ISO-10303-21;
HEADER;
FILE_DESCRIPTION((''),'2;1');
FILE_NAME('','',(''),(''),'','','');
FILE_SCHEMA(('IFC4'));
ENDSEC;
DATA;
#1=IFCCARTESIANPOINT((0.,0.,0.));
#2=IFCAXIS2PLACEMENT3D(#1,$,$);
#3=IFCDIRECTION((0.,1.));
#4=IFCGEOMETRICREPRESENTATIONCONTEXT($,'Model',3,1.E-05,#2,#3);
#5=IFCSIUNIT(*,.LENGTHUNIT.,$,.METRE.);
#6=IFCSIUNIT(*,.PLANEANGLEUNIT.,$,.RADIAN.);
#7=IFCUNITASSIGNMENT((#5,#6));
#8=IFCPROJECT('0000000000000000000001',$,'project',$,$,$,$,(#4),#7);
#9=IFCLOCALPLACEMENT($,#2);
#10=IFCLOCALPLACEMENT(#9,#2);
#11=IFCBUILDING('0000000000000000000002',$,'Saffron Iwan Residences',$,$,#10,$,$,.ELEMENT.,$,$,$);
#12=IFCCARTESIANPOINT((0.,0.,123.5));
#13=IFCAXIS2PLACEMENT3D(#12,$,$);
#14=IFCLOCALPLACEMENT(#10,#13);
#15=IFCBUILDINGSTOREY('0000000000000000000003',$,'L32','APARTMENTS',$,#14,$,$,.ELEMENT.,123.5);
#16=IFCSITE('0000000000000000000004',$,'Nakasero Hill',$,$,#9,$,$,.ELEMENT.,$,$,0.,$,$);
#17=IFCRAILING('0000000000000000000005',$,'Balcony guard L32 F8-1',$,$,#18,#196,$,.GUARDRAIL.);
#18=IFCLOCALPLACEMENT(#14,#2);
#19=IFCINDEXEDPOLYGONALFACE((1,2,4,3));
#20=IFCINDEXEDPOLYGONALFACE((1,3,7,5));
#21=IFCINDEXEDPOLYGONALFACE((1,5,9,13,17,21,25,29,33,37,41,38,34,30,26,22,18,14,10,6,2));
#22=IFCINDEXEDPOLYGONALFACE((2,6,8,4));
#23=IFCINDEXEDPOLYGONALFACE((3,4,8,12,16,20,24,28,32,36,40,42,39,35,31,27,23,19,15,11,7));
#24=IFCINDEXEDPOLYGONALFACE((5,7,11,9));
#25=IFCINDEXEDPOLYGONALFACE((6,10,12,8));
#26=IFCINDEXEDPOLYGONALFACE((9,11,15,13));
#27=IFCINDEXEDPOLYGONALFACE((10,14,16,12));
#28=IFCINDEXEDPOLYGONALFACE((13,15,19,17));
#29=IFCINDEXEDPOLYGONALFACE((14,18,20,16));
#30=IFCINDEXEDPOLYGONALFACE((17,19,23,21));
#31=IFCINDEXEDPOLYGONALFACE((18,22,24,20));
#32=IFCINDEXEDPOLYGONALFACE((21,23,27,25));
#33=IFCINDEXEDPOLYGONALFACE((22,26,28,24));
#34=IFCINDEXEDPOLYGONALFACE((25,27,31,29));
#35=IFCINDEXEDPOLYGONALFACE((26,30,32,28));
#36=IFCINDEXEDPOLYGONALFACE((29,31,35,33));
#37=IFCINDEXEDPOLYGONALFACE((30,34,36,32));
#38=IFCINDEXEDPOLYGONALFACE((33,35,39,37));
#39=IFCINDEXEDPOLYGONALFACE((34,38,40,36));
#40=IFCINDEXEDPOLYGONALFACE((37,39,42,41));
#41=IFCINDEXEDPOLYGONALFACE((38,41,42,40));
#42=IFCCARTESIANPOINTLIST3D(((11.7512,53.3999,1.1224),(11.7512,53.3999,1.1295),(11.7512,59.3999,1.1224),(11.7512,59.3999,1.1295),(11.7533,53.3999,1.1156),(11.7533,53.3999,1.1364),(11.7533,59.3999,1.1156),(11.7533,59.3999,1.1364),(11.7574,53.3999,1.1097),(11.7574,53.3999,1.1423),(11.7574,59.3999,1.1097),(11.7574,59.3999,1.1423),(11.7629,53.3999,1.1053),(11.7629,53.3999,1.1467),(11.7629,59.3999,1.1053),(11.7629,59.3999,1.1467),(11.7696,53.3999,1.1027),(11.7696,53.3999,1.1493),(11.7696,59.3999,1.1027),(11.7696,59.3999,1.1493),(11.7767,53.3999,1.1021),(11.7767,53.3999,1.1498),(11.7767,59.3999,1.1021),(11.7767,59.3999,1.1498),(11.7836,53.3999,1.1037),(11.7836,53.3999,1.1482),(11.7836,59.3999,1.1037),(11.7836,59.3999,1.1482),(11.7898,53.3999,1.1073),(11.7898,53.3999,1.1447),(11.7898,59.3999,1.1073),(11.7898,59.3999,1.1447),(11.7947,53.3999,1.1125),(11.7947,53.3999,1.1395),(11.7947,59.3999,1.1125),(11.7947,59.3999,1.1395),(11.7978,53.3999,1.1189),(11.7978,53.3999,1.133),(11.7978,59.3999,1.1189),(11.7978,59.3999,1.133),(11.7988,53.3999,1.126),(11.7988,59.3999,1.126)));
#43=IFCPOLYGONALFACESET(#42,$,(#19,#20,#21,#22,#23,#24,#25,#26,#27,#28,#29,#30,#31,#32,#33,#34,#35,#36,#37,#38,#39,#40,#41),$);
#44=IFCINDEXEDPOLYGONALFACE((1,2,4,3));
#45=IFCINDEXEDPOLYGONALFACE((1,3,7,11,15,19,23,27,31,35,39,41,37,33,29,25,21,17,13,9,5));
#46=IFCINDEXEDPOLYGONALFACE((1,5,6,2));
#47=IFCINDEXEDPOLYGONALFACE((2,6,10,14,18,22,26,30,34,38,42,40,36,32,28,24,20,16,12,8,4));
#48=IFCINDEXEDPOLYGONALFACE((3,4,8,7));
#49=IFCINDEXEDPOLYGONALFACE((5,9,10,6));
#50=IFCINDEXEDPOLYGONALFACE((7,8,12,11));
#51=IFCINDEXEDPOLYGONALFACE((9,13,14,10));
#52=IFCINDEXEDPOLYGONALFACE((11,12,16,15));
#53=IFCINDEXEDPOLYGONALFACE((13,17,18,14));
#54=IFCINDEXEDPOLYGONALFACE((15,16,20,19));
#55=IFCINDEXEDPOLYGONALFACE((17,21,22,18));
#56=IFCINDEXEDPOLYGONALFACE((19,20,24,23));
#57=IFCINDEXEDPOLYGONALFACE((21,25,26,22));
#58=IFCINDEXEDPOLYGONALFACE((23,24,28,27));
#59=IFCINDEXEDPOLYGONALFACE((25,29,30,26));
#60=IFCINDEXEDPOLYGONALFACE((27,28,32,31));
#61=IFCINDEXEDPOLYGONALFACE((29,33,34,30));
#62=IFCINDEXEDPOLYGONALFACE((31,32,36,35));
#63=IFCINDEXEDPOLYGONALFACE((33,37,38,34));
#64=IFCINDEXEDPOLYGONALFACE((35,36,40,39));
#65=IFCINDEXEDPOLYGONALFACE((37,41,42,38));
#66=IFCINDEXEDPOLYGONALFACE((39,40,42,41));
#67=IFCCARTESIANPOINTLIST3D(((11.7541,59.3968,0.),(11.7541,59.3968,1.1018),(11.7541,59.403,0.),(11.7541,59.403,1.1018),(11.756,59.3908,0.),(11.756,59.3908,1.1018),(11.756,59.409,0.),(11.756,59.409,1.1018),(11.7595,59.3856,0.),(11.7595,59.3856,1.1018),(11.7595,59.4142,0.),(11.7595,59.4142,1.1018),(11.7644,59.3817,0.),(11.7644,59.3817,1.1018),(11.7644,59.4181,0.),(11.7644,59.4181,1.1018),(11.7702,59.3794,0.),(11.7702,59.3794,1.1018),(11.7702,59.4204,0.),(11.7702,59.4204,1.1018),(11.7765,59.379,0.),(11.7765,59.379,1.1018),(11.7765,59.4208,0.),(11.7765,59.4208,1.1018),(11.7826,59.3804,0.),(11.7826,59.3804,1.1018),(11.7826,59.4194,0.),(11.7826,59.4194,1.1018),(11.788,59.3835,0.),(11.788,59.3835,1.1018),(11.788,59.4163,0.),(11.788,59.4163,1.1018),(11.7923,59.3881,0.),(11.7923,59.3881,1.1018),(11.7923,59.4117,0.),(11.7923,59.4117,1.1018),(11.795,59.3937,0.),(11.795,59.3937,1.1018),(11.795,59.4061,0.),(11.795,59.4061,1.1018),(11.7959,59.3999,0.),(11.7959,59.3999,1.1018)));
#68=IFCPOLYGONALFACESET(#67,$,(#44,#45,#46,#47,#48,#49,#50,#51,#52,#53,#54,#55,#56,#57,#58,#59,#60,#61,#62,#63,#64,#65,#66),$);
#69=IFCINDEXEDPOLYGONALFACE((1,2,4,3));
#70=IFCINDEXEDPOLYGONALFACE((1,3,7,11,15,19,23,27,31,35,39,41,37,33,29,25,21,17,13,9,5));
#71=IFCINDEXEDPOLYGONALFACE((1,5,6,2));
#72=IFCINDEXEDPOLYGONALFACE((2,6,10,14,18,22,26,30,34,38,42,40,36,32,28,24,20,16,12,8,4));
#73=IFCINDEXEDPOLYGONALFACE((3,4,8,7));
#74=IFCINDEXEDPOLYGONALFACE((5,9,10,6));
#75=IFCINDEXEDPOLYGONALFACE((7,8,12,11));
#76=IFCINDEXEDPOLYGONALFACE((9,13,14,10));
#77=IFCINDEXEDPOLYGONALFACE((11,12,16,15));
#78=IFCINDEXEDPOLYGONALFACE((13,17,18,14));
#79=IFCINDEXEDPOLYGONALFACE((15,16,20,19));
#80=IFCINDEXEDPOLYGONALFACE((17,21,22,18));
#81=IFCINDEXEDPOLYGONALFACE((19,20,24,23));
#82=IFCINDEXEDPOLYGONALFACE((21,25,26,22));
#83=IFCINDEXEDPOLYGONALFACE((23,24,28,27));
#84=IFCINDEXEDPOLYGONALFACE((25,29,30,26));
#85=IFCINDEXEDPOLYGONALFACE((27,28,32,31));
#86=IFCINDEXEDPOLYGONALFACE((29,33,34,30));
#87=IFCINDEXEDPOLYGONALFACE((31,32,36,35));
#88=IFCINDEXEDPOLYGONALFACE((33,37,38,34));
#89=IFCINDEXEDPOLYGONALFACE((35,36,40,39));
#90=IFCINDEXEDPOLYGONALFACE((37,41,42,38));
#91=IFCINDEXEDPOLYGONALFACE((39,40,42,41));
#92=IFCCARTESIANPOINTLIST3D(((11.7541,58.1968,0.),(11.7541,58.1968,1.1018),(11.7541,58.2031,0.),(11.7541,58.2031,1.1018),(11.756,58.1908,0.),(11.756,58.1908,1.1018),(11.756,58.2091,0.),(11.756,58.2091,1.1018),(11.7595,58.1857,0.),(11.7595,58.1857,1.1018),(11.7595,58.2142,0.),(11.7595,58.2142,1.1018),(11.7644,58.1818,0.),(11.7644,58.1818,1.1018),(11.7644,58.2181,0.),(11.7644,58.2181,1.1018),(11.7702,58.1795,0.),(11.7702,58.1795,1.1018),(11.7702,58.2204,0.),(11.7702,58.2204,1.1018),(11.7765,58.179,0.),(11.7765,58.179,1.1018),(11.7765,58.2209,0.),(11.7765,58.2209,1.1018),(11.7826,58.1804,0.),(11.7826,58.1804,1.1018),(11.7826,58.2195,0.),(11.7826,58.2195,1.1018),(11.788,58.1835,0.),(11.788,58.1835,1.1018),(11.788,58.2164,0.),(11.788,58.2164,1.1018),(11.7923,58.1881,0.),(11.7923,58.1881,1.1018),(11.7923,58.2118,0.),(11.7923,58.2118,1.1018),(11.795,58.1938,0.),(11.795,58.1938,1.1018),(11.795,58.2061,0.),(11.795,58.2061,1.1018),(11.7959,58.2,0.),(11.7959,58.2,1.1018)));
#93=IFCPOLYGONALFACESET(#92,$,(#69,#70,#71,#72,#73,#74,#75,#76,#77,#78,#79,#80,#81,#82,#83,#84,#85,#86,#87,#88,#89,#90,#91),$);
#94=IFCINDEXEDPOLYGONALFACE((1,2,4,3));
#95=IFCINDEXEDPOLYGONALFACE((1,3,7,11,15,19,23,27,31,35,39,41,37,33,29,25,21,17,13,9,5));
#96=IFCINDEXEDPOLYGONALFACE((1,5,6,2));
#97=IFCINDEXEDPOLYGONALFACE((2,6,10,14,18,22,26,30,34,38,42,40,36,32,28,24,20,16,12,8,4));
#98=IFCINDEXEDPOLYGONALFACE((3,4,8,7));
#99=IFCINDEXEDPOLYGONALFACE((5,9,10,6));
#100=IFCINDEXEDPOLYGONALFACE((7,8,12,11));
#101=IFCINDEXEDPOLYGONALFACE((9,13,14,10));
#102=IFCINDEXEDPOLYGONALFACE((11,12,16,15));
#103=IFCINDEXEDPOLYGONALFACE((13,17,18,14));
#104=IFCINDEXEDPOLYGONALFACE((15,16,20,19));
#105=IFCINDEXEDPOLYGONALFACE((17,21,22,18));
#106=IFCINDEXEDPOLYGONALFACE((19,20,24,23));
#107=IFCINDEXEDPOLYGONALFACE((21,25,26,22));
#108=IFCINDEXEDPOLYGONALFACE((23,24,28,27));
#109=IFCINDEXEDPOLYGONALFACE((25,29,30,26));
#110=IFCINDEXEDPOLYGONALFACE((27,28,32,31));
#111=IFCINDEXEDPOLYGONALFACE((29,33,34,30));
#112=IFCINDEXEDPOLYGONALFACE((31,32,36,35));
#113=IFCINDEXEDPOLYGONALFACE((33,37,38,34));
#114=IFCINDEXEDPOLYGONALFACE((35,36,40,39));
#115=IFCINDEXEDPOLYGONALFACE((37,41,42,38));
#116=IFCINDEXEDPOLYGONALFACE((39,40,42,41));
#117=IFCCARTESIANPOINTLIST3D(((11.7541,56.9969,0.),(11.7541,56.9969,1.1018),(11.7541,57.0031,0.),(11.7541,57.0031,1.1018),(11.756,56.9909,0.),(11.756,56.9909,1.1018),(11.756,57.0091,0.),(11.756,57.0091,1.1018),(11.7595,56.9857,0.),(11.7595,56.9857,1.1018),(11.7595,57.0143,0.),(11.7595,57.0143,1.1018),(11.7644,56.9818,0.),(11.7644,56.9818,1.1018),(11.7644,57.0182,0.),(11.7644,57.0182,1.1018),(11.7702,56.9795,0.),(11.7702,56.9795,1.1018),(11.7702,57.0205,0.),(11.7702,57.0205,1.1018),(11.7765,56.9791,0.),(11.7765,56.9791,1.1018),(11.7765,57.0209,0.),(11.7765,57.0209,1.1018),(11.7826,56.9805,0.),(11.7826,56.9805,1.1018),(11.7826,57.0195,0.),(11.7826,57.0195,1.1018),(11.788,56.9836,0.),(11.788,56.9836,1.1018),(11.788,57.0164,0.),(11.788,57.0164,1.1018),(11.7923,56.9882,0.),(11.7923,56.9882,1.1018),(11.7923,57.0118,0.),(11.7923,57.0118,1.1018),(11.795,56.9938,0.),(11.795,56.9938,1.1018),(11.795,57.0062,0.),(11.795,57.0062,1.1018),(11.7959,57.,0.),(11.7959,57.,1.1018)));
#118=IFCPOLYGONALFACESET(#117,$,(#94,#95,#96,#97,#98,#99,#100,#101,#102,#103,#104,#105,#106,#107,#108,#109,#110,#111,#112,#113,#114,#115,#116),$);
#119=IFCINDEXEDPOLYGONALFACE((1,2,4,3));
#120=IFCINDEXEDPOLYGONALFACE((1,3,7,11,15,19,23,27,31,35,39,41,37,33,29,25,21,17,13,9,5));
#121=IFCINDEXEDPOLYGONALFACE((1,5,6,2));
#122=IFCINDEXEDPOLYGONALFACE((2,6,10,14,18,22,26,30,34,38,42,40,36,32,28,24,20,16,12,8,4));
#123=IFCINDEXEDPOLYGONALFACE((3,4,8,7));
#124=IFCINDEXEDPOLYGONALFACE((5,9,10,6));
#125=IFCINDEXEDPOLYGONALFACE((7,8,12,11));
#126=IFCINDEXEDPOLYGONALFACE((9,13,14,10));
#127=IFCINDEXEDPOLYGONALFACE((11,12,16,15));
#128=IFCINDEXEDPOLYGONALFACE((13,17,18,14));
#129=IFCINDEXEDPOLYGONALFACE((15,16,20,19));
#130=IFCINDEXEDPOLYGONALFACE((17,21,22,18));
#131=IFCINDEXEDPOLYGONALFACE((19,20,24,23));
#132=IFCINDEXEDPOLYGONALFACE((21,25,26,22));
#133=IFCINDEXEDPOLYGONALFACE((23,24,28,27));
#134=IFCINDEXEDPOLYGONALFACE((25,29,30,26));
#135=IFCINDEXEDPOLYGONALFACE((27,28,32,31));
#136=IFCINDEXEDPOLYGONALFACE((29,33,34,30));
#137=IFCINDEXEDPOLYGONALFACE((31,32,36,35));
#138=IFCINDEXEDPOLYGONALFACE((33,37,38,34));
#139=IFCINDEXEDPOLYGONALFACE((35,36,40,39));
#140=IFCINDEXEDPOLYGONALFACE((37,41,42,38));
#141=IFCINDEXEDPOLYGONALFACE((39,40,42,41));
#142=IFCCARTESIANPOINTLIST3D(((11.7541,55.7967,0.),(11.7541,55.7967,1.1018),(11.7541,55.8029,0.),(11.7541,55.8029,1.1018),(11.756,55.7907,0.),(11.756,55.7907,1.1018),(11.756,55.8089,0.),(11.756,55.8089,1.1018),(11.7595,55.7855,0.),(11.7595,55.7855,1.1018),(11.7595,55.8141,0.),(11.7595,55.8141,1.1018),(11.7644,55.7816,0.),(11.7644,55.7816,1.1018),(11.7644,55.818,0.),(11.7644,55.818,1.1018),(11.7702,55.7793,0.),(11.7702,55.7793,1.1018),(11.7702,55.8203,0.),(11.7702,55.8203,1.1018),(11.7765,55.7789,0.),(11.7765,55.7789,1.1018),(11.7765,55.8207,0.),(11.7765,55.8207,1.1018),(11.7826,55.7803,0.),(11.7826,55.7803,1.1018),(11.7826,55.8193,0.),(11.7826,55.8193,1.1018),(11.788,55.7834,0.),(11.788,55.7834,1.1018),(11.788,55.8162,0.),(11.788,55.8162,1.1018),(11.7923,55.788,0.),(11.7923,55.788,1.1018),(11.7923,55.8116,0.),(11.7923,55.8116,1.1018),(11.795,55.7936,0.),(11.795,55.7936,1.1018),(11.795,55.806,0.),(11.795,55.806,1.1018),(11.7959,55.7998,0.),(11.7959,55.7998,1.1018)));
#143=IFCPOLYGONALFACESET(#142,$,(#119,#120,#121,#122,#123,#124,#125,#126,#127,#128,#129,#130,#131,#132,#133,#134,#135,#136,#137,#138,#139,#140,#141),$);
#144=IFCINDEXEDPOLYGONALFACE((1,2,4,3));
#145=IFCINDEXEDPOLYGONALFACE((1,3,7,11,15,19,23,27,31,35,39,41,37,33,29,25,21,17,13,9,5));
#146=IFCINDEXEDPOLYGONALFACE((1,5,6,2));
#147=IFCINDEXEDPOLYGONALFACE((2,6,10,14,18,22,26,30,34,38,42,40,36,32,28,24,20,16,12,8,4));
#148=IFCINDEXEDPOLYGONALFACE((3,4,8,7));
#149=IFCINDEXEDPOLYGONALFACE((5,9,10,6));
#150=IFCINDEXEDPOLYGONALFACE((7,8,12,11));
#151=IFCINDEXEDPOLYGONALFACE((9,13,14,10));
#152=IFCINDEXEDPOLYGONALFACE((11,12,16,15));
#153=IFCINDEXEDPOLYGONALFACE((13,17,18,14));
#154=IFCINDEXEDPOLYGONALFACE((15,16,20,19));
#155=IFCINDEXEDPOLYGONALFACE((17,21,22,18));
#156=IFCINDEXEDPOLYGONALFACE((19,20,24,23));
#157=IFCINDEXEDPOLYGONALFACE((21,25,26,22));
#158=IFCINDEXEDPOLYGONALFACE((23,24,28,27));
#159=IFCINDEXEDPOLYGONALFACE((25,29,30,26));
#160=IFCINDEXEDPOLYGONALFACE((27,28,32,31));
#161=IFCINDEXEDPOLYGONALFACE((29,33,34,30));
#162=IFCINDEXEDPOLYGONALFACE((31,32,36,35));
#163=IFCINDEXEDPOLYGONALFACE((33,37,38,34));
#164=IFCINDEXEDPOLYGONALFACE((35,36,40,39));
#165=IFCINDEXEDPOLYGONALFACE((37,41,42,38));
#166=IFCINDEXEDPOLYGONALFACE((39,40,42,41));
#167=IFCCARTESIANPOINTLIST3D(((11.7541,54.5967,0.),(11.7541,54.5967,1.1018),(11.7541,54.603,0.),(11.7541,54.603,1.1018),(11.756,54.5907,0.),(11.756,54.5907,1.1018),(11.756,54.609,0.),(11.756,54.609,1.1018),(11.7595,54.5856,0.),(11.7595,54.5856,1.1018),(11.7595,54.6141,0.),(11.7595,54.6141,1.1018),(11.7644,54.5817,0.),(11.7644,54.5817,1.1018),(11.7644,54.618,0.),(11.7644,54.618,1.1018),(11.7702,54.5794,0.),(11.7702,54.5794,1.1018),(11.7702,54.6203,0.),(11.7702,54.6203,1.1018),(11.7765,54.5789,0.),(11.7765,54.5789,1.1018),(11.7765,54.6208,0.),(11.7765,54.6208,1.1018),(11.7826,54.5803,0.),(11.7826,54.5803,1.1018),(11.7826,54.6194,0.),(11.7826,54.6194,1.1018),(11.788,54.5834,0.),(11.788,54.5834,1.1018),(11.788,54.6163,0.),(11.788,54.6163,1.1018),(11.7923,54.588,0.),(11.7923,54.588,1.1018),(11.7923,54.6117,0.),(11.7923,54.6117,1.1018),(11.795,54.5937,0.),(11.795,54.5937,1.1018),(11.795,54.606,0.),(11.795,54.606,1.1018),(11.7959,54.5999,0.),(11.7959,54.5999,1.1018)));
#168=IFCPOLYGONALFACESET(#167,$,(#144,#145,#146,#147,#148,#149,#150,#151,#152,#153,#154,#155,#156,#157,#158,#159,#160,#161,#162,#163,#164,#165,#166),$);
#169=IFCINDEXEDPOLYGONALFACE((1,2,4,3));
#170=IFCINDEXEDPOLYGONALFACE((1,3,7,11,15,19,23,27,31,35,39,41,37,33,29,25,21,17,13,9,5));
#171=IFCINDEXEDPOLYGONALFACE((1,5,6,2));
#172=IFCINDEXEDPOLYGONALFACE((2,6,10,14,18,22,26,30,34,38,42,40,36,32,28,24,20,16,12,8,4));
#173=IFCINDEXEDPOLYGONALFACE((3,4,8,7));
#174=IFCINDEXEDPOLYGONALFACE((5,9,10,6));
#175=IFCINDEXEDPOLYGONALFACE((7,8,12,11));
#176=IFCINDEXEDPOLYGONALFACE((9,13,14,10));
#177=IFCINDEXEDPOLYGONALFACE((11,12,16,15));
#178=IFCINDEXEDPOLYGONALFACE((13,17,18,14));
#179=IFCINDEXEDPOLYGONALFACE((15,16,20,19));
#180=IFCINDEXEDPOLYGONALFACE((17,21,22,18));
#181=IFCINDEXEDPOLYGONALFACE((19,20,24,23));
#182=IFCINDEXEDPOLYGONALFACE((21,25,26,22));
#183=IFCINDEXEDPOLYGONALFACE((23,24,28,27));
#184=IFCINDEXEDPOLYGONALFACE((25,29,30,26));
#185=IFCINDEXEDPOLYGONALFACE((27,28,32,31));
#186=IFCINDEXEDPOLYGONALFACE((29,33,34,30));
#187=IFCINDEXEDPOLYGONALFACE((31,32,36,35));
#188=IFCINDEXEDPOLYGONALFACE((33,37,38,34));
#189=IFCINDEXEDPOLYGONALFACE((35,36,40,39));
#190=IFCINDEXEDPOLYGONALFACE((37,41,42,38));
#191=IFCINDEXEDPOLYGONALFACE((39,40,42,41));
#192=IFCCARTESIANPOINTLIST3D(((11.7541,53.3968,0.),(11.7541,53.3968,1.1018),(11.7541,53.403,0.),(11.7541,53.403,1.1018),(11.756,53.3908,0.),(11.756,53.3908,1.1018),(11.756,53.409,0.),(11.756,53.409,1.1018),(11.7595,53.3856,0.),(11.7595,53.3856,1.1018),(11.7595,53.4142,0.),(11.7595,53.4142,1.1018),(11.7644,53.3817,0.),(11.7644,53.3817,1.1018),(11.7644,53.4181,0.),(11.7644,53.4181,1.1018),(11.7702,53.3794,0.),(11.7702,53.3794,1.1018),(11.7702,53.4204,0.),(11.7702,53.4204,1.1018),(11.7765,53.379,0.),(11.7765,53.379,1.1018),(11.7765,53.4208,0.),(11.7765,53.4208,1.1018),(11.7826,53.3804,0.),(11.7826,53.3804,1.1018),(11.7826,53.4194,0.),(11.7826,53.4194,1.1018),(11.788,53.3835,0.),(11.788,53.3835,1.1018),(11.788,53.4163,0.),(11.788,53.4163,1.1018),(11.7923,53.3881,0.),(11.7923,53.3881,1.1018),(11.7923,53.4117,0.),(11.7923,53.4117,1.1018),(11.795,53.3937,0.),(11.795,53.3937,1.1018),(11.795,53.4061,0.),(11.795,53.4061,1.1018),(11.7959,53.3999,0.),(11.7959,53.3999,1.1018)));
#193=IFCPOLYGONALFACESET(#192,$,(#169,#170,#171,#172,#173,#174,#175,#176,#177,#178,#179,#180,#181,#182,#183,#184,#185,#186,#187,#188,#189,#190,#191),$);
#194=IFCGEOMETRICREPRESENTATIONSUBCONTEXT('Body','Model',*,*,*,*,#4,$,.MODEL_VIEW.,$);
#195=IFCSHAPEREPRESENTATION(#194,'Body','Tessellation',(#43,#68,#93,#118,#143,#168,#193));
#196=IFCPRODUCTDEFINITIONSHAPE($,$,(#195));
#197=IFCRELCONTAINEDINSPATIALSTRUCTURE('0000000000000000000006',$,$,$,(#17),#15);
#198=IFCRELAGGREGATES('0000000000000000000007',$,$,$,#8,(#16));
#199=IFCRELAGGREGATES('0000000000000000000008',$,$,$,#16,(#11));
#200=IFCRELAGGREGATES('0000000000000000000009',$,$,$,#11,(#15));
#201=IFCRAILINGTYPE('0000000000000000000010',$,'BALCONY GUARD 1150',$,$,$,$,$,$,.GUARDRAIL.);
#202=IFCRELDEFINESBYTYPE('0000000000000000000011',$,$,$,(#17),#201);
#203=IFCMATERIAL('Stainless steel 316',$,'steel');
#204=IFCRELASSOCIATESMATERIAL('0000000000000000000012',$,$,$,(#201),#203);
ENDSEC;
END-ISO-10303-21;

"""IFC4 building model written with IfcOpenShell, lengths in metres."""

from ifc_helpers import new_model, si_unit, direction, frame, origin, origin_2d, place, context, subcontext, project, spatial, circle, extrude, material, type_object, element, save


model = new_model("IFC4")

# Units and contexts
model_context = context("Model", 3, precision=1e-05, world=origin(), true_north=direction((0.0, 1.0)))
body_context = subcontext(model_context, "Body", "Model", "MODEL_VIEW")
ifc_project = project(units=[si_unit("LENGTHUNIT", "METRE"), si_unit("PLANEANGLEUNIT", "RADIAN")], contexts=[model_context])

# Site, building, storey
site_placement = place(None, origin())
site = spatial("IfcSite", under=ifc_project, at=site_placement, Name="Nakasero Hill", CompositionType="ELEMENT", RefElevation=0.0)
building_placement = place(site_placement, origin())
building = spatial("IfcBuilding", under=site, at=building_placement, Name="Saffron Iwan Residences", CompositionType="ELEMENT")
storey_placement = place(building_placement, frame((0.0, 0.0, 123.5)))
storey = spatial("IfcBuildingStorey", under=building, at=storey_placement, Name="L32", Description="APARTMENTS", CompositionType="ELEMENT", Elevation=123.5)

# Railing
ifc_material_1 = material(Name="Stainless steel 316", Category="steel")
railing_type = type_object("IfcRailingType", Name="BALCONY GUARD 1150", PredefinedType="GUARDRAIL", material=ifc_material_1)
railing_placement = place(storey_placement, frame((11.7749, 59.3999, 0.0)))
element("IfcRailing", 1, at=railing_placement, inside=storey, type_object=railing_type, Name="Balcony guard L32 F8-1", PredefinedType="GUARDRAIL", context=body_context, shape_type="SweptSolid", body=[
    extrude(circle(Radius=0.0239, at=origin_2d()), frame((0.0, 0.0, 1.126), z_axis=(0.0, -1.0, 0.0), x_axis=(1.0, 0.0, 0.0)), (0.0, 0.0, 1.0), 6.0),
    extrude(circle(Radius=0.021, at=origin_2d()), origin(), (0.0, 0.0, 1.0), 1.1018),
    extrude(circle(Radius=0.021, at=origin_2d()), frame((0.0, -1.2, 0.0)), (0.0, 0.0, 1.0), 1.1018),
    extrude(circle(Radius=0.021, at=origin_2d()), frame((0.0, -2.3999, 0.0)), (0.0, 0.0, 1.0), 1.1018),
    extrude(circle(Radius=0.021, at=origin_2d()), frame((0.0, -3.6001, 0.0)), (0.0, 0.0, 1.0), 1.1018),
    extrude(circle(Radius=0.021, at=origin_2d()), frame((0.0, -4.8, 0.0)), (0.0, 0.0, 1.0), 1.1018),
    extrude(circle(Radius=0.021, at=origin_2d()), frame((0.0, -6.0, 0.0)), (0.0, 0.0, 1.0), 1.1018),
])

save(model, "model.ifc")
